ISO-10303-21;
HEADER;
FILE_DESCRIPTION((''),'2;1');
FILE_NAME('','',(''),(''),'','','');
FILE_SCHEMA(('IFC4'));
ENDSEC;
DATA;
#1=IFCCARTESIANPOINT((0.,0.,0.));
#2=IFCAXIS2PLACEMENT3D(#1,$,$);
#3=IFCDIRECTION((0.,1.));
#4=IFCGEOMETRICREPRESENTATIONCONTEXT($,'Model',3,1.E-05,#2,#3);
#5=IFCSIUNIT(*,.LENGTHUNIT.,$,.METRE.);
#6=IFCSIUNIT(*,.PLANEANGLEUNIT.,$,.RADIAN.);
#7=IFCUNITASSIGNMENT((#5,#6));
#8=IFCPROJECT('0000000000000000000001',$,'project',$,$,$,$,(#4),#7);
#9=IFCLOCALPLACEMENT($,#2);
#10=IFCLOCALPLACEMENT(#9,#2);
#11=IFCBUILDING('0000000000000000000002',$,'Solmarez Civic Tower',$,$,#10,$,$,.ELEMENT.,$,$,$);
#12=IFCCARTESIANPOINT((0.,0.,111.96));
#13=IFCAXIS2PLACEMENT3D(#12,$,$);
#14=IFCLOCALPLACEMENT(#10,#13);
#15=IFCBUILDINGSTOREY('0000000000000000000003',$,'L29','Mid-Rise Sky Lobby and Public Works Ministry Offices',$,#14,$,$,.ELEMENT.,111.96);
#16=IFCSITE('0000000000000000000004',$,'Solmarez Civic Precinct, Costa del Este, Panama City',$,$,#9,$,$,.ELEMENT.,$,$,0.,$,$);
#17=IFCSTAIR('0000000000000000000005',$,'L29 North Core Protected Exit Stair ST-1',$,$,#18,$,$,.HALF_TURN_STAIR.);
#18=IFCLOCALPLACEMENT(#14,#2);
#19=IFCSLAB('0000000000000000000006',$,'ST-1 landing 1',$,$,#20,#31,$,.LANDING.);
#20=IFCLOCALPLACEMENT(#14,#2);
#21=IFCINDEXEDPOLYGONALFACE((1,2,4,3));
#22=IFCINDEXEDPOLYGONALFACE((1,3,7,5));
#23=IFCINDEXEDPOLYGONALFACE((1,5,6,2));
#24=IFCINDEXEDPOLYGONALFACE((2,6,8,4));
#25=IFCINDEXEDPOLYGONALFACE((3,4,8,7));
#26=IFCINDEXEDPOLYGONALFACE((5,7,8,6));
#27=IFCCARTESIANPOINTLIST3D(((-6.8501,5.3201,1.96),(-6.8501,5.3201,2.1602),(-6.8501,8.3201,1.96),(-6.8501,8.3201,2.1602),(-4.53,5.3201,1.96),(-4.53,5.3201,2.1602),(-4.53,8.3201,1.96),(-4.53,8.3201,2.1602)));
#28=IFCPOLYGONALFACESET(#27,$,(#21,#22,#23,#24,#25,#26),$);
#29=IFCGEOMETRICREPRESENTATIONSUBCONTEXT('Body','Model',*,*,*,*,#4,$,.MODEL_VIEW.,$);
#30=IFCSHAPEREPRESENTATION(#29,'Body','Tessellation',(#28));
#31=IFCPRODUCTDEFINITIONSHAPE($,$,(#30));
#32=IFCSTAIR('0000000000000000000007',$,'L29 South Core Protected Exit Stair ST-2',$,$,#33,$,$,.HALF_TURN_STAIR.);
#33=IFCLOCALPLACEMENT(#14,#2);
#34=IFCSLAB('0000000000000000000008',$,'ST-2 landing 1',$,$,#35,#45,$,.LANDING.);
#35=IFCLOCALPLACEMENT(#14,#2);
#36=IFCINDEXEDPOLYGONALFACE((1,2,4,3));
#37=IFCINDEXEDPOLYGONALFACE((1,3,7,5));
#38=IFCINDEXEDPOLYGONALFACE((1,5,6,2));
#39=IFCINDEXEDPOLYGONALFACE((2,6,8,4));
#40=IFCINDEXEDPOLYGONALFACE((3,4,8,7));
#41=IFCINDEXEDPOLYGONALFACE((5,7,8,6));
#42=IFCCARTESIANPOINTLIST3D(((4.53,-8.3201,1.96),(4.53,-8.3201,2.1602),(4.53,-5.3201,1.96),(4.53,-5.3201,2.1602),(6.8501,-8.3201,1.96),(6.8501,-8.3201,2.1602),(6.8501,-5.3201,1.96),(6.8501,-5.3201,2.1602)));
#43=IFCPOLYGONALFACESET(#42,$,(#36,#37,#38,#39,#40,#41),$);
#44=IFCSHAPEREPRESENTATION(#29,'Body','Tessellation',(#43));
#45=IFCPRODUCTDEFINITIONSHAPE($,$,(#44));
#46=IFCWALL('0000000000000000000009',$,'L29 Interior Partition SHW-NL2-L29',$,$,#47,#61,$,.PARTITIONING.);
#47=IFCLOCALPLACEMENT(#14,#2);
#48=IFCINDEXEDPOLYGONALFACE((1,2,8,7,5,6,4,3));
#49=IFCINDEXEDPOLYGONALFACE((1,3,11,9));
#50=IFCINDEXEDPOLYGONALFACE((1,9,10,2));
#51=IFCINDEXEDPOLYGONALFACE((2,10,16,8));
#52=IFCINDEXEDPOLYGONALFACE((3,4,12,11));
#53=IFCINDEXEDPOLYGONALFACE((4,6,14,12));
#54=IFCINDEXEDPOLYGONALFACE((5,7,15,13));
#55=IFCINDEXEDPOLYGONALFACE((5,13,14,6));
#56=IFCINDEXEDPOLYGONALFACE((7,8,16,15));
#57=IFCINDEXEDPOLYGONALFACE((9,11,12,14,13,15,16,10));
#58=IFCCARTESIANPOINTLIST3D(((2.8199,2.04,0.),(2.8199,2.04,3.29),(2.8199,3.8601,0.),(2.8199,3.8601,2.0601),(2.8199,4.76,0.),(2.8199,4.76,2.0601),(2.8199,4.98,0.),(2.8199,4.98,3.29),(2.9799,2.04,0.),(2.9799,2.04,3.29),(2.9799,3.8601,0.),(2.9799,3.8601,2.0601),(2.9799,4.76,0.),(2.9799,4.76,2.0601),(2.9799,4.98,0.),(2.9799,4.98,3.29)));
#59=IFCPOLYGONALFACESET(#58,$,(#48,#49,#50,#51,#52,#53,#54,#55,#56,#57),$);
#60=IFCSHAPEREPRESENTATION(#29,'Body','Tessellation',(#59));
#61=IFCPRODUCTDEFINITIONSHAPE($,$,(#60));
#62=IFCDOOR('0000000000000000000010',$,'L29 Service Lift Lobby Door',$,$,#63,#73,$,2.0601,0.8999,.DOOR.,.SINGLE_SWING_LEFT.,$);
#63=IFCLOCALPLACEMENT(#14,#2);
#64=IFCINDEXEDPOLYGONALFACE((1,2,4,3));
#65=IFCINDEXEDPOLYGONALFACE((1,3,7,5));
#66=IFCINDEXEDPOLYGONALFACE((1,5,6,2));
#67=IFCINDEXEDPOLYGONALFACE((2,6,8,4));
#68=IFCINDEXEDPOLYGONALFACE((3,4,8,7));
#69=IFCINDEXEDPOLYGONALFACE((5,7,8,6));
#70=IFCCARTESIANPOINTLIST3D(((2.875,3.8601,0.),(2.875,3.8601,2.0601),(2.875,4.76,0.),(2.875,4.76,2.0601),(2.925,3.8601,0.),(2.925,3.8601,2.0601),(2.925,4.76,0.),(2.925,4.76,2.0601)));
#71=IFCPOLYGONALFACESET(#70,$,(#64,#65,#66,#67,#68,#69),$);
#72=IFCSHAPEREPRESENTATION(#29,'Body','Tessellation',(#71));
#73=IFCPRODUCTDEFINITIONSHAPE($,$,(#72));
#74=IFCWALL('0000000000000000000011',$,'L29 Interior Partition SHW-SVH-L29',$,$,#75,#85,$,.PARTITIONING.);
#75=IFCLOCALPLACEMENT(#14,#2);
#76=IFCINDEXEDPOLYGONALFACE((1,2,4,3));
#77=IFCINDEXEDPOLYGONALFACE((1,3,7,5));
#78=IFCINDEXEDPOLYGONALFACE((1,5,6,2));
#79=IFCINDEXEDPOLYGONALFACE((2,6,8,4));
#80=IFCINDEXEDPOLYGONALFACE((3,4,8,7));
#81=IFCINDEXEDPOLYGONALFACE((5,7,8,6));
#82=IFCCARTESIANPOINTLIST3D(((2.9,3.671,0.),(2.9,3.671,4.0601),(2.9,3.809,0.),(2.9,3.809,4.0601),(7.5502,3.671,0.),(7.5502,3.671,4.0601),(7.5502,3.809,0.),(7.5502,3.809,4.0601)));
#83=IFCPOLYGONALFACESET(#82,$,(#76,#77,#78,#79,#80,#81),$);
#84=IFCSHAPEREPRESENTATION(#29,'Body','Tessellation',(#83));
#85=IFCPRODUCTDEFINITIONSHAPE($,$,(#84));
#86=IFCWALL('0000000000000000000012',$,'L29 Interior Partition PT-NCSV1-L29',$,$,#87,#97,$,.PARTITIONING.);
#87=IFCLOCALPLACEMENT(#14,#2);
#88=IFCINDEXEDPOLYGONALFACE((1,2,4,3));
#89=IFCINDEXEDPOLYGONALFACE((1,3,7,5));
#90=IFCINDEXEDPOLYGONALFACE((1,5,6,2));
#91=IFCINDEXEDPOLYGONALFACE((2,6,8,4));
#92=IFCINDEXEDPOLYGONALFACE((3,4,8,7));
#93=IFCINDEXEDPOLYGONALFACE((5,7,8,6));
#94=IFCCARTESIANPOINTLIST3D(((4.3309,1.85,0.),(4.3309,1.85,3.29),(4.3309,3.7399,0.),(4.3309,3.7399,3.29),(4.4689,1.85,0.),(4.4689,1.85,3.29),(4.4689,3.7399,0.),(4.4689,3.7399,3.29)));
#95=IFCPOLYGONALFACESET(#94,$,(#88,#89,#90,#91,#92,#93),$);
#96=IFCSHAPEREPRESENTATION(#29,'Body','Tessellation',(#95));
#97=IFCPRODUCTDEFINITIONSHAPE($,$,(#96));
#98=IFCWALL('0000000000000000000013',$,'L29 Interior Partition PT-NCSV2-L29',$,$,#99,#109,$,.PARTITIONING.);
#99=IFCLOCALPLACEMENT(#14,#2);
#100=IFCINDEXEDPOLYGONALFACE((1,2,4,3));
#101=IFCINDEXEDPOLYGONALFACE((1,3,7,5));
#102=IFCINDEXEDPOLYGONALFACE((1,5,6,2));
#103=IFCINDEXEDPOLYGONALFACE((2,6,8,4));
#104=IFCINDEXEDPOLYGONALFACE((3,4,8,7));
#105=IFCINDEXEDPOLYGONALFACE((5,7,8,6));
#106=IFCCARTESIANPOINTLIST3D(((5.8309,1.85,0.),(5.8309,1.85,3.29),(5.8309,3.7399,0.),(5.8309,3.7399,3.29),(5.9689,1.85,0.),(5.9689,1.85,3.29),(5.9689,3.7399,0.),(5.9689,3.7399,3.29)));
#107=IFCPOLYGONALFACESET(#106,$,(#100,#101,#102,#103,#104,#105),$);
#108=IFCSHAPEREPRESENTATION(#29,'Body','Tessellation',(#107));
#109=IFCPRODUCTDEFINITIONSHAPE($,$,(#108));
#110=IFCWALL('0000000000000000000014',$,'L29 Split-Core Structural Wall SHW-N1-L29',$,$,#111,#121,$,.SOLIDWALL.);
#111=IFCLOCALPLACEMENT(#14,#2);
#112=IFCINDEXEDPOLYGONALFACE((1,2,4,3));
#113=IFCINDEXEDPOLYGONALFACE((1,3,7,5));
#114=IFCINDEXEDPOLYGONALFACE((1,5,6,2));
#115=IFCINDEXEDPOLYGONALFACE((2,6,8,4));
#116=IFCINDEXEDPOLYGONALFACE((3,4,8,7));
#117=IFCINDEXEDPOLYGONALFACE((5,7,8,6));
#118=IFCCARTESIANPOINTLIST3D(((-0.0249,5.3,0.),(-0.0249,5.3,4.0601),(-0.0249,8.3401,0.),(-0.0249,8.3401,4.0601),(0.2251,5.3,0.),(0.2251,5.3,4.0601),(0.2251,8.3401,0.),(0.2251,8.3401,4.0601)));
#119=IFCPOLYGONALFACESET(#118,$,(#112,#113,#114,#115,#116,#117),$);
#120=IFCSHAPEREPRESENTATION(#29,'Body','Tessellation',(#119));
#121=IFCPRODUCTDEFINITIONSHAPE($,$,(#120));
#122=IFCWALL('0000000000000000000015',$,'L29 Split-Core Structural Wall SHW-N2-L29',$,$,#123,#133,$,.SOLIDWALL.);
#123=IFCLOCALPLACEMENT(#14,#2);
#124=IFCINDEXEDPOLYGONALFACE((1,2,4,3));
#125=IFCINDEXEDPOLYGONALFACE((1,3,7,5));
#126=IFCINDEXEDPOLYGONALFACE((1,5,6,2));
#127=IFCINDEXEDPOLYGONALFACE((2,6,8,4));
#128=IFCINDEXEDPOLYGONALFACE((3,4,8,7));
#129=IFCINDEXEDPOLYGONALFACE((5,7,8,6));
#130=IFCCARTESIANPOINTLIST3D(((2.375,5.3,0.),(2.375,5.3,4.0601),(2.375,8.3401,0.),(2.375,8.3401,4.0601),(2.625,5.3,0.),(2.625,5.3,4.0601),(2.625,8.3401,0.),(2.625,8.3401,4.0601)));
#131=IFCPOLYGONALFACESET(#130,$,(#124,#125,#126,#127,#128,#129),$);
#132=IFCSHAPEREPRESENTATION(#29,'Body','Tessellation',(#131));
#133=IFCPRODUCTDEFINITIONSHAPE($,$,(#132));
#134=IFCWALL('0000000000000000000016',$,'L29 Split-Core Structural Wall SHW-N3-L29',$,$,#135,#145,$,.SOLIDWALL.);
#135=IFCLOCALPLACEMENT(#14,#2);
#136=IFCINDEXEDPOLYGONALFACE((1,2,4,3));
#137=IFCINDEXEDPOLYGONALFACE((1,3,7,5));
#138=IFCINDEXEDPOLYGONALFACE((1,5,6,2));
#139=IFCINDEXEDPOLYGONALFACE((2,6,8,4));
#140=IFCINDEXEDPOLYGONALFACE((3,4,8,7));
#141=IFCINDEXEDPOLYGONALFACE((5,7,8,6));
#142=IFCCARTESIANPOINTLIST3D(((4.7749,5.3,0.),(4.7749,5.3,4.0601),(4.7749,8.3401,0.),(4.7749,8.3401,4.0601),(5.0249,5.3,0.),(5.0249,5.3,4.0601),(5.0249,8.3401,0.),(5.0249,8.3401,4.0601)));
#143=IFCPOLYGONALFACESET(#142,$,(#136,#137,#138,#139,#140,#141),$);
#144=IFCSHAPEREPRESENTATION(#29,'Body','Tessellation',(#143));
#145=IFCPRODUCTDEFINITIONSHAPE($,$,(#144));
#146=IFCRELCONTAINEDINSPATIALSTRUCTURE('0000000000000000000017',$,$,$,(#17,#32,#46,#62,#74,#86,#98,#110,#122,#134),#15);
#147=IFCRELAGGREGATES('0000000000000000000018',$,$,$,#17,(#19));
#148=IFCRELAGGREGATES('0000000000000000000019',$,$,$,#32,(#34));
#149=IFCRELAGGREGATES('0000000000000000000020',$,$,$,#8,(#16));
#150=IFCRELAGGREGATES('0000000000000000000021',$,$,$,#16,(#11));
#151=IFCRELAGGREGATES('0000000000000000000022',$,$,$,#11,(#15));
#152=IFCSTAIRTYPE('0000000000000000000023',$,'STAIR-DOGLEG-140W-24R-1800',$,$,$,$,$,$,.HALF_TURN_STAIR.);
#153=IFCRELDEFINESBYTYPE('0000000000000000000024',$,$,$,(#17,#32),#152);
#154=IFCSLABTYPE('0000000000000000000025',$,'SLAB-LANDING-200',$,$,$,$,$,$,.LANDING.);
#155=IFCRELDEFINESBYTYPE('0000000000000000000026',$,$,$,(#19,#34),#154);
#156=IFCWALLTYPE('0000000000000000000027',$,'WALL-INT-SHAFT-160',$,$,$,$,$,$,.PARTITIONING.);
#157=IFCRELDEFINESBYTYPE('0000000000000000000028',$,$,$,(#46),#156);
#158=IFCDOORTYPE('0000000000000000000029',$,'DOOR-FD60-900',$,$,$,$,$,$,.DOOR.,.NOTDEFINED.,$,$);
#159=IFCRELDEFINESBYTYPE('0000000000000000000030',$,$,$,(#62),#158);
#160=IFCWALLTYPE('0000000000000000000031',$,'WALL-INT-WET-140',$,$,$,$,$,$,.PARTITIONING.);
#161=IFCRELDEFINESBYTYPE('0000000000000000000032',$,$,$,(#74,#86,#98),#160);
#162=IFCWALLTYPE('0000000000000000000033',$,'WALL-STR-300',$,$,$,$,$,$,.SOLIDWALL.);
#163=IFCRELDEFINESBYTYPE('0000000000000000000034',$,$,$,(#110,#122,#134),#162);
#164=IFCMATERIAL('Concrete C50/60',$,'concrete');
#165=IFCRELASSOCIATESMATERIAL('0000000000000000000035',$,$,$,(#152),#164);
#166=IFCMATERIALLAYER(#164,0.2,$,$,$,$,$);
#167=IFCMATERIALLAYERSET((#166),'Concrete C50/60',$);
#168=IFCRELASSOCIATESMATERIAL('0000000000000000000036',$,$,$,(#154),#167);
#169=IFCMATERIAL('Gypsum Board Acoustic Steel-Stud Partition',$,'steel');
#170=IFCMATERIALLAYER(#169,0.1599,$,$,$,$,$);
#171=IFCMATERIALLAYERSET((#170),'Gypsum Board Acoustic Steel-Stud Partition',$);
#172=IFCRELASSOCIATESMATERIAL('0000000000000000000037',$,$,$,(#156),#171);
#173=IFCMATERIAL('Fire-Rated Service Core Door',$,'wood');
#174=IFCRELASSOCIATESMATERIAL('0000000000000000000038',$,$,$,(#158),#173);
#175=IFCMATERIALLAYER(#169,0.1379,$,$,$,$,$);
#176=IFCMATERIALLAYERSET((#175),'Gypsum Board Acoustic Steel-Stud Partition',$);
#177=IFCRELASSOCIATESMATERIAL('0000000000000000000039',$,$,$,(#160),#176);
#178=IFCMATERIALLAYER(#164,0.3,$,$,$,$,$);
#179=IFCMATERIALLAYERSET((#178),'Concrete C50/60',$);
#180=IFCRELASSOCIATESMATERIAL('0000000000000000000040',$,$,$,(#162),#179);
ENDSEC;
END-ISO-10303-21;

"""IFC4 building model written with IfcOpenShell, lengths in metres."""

from ifc_helpers import new_model, si_unit, direction, frame, frame_2d, origin, place, context, subcontext, project, spatial, polyline, rectangle, outline, extrude, material, layer, layer_set, type_object, element, fill, aggregate, save


model = new_model("IFC4")

# Units and contexts
model_context = context("Model", 3, precision=1e-05, world=origin(), true_north=direction((0.0, 1.0)))
body_context = subcontext(model_context, "Body", "Model", "MODEL_VIEW")
ifc_project = project(units=[si_unit("LENGTHUNIT", "METRE"), si_unit("PLANEANGLEUNIT", "RADIAN")], contexts=[model_context])

# Site, building, storey
site_placement = place(None, origin())
site = spatial("IfcSite", under=ifc_project, at=site_placement, Name="Solmarez Civic Precinct, Costa del Este, Panama City", CompositionType="ELEMENT", RefElevation=0.0)
building_placement = place(site_placement, origin())
building = spatial("IfcBuilding", under=site, at=building_placement, Name="Solmarez Civic Tower", CompositionType="ELEMENT")
storey_placement = place(building_placement, frame((0.0, 0.0, 111.96)))
storey = spatial("IfcBuildingStorey", under=building, at=storey_placement, Name="L29", Description="Mid-Rise Sky Lobby and Public Works Ministry Offices", CompositionType="ELEMENT", Elevation=111.96)

# Stairs, slabs
ifc_material_1 = material(Name="Concrete C50/60", Category="concrete")
stair_type = type_object("IfcStairType", Name="STAIR-DOGLEG-140W-24R-1800", PredefinedType="HALF_TURN_STAIR", material=ifc_material_1)
stair_1_placement = place(storey_placement, origin())
stair_1 = element("IfcStair", 1, at=stair_1_placement, inside=storey, type_object=stair_type, Name="L29 North Core Protected Exit Stair ST-1", PredefinedType="HALF_TURN_STAIR")
ifc_layer_1 = layer(ifc_material_1, 0.2)
ifc_layer_set_1 = layer_set([ifc_layer_1], Name="Concrete C50/60")
slab_type = type_object("IfcSlabType", Name="SLAB-LANDING-200", PredefinedType="LANDING", material=ifc_layer_set_1)
slab_1_placement = place(storey_placement, frame((0.0, 0.0, 1.96)))
slab_1 = element("IfcSlab", 2, at=slab_1_placement, type_object=slab_type, Name="ST-1 landing 1", PredefinedType="LANDING", context=body_context, shape_type="SweptSolid", body=[
    extrude(outline(polyline([(-4.53, 8.3201), (-6.8501, 8.3201), (-6.8501, 5.3201), (-4.53, 5.3201), (-4.53, 8.3201)])), origin(), (0.0, 0.0, 1.0), 0.2002),
])
aggregate(stair_1, [slab_1])
stair_2_placement = place(storey_placement, origin())
stair_2 = element("IfcStair", 3, at=stair_2_placement, inside=storey, type_object=stair_type, Name="L29 South Core Protected Exit Stair ST-2", PredefinedType="HALF_TURN_STAIR")
slab_2_placement = place(storey_placement, frame((0.0, 0.0, 1.96)))
slab_2 = element("IfcSlab", 4, at=slab_2_placement, type_object=slab_type, Name="ST-2 landing 1", PredefinedType="LANDING", context=body_context, shape_type="SweptSolid", body=[
    extrude(outline(polyline([(4.53, -8.3201), (6.8501, -8.3201), (6.8501, -5.3201), (4.53, -5.3201), (4.53, -8.3201)])), origin(), (0.0, 0.0, 1.0), 0.2002),
])
aggregate(stair_2, [slab_2])

# Wall, opening, door
ifc_material_2 = material(Name="Gypsum Board Acoustic Steel-Stud Partition", Category="steel")
ifc_layer_2 = layer(ifc_material_2, 0.1599)
ifc_layer_set_2 = layer_set([ifc_layer_2], Name="Gypsum Board Acoustic Steel-Stud Partition")
wall_type_1 = type_object("IfcWallType", Name="WALL-INT-SHAFT-160", PredefinedType="PARTITIONING", material=ifc_layer_set_2)
wall_1_placement = place(storey_placement, frame((2.8999, 2.04, 0.0), z_axis=(0.0, 0.0, 1.0), x_axis=(0.0, 1.0, 0.0)))
wall_1 = element("IfcWall", 5, at=wall_1_placement, inside=storey, type_object=wall_type_1, Name="L29 Interior Partition SHW-NL2-L29", PredefinedType="PARTITIONING", context=body_context, shape_type="SweptSolid", body=[
    extrude(rectangle(XDim=2.9399, YDim=0.1599, at=frame_2d((1.47, 0.0))), origin(), (0.0, 0.0, 1.0), 3.29),
])
opening_1_placement = place(wall_1_placement, frame((1.8201, 0.0, 0.0)))
opening_1 = element("IfcOpeningElement", 6, at=opening_1_placement, cuts=wall_1, PredefinedType="OPENING", context=body_context, shape_type="SweptSolid", body=[
    extrude(rectangle(XDim=0.8999, YDim=2.0601, at=frame_2d((0.45, 1.03))), frame((0.0, 0.0898, 0.0), z_axis=(0.0, -1.0, 0.0), x_axis=(1.0, 0.0, 0.0)), (0.0, 0.0, 1.0), 0.1799),
])
ifc_material_3 = material(Name="Fire-Rated Service Core Door", Category="wood")
door_type_1 = type_object("IfcDoorType", Name="DOOR-FD60-900", OperationType="NOTDEFINED", PredefinedType="DOOR", material=ifc_material_3)
door_1_placement = place(opening_1_placement, origin())
door_1 = element("IfcDoor", 7, at=door_1_placement, inside=storey, type_object=door_type_1, Name="L29 Service Lift Lobby Door", OperationType="SINGLE_SWING_LEFT", OverallHeight=2.0601, OverallWidth=0.8999, PredefinedType="DOOR", context=body_context, shape_type="SweptSolid", body=[
    extrude(rectangle(XDim=0.8999, YDim=2.0601, at=frame_2d((0.45, 1.03))), frame((0.0, 0.0249, 0.0), z_axis=(0.0, -1.0, 0.0), x_axis=(1.0, 0.0, 0.0)), (0.0, 0.0, 1.0), 0.05),
])
fill(opening_1, door_1)

# Walls
ifc_layer_3 = layer(ifc_material_2, 0.1379)
ifc_layer_set_3 = layer_set([ifc_layer_3], Name="Gypsum Board Acoustic Steel-Stud Partition")
wall_type_2 = type_object("IfcWallType", Name="WALL-INT-WET-140", PredefinedType="PARTITIONING", material=ifc_layer_set_3)
wall_2_placement = place(storey_placement, frame((2.8999, 3.74, 0.0), z_axis=(0.0, 0.0, 1.0), x_axis=(1.0, 0.0, 0.0)))
element("IfcWall", 8, at=wall_2_placement, inside=storey, type_object=wall_type_2, Name="L29 Interior Partition SHW-SVH-L29", PredefinedType="PARTITIONING", context=body_context, shape_type="SweptSolid", body=[
    extrude(rectangle(XDim=4.6501, YDim=0.1379, at=frame_2d((2.3252, 0.0))), origin(), (0.0, 0.0, 1.0), 4.0601),
])
for number, where, z_axis, x_axis, name in (
    (9, (4.3999, 1.8501, 0.0), (0.0, 0.0, 1.0), (0.0, 1.0, 0.0), "L29 Interior Partition PT-NCSV1-L29"),
    (10, (5.8999, 1.8501, 0.0), (0.0, 0.0, 1.0), (0.0, 1.0, 0.0), "L29 Interior Partition PT-NCSV2-L29"),
):
    element("IfcWall", number, at=place(storey_placement, frame(where, z_axis=z_axis, x_axis=x_axis)), inside=storey, type_object=wall_type_2, Name=name, PredefinedType="PARTITIONING", context=body_context, shape_type="SweptSolid", body=[
        extrude(rectangle(XDim=1.8899, YDim=0.1379, at=frame_2d((0.9448, 0.0))), origin(), (0.0, 0.0, 1.0), 3.29),
    ])

# Shared definitions
ifc_layer_4 = layer(ifc_material_1, 0.3)
ifc_layer_set_4 = layer_set([ifc_layer_4], Name="Concrete C50/60")
wall_type_3 = type_object("IfcWallType", Name="WALL-STR-300", PredefinedType="SOLIDWALL", material=ifc_layer_set_4)

# Walls
for number, where, z_axis, x_axis, name in (
    (11, (0.1001, 5.3, 0.0), (0.0, 0.0, 1.0), (0.0, 1.0, 0.0), "L29 Split-Core Structural Wall SHW-N1-L29"),
    (12, (2.5, 5.3, 0.0), (0.0, 0.0, 1.0), (0.0, 1.0, 0.0), "L29 Split-Core Structural Wall SHW-N2-L29"),
    (13, (4.8999, 5.3, 0.0), (0.0, 0.0, 1.0), (0.0, 1.0, 0.0), "L29 Split-Core Structural Wall SHW-N3-L29"),
):
    element("IfcWall", number, at=place(storey_placement, frame(where, z_axis=z_axis, x_axis=x_axis)), inside=storey, type_object=wall_type_3, Name=name, PredefinedType="SOLIDWALL", context=body_context, shape_type="SweptSolid", body=[
        extrude(rectangle(XDim=3.04, YDim=0.25, at=frame_2d((1.52, 0.0))), origin(), (0.0, 0.0, 1.0), 4.0601),
    ])

save(model, "model.ifc")
